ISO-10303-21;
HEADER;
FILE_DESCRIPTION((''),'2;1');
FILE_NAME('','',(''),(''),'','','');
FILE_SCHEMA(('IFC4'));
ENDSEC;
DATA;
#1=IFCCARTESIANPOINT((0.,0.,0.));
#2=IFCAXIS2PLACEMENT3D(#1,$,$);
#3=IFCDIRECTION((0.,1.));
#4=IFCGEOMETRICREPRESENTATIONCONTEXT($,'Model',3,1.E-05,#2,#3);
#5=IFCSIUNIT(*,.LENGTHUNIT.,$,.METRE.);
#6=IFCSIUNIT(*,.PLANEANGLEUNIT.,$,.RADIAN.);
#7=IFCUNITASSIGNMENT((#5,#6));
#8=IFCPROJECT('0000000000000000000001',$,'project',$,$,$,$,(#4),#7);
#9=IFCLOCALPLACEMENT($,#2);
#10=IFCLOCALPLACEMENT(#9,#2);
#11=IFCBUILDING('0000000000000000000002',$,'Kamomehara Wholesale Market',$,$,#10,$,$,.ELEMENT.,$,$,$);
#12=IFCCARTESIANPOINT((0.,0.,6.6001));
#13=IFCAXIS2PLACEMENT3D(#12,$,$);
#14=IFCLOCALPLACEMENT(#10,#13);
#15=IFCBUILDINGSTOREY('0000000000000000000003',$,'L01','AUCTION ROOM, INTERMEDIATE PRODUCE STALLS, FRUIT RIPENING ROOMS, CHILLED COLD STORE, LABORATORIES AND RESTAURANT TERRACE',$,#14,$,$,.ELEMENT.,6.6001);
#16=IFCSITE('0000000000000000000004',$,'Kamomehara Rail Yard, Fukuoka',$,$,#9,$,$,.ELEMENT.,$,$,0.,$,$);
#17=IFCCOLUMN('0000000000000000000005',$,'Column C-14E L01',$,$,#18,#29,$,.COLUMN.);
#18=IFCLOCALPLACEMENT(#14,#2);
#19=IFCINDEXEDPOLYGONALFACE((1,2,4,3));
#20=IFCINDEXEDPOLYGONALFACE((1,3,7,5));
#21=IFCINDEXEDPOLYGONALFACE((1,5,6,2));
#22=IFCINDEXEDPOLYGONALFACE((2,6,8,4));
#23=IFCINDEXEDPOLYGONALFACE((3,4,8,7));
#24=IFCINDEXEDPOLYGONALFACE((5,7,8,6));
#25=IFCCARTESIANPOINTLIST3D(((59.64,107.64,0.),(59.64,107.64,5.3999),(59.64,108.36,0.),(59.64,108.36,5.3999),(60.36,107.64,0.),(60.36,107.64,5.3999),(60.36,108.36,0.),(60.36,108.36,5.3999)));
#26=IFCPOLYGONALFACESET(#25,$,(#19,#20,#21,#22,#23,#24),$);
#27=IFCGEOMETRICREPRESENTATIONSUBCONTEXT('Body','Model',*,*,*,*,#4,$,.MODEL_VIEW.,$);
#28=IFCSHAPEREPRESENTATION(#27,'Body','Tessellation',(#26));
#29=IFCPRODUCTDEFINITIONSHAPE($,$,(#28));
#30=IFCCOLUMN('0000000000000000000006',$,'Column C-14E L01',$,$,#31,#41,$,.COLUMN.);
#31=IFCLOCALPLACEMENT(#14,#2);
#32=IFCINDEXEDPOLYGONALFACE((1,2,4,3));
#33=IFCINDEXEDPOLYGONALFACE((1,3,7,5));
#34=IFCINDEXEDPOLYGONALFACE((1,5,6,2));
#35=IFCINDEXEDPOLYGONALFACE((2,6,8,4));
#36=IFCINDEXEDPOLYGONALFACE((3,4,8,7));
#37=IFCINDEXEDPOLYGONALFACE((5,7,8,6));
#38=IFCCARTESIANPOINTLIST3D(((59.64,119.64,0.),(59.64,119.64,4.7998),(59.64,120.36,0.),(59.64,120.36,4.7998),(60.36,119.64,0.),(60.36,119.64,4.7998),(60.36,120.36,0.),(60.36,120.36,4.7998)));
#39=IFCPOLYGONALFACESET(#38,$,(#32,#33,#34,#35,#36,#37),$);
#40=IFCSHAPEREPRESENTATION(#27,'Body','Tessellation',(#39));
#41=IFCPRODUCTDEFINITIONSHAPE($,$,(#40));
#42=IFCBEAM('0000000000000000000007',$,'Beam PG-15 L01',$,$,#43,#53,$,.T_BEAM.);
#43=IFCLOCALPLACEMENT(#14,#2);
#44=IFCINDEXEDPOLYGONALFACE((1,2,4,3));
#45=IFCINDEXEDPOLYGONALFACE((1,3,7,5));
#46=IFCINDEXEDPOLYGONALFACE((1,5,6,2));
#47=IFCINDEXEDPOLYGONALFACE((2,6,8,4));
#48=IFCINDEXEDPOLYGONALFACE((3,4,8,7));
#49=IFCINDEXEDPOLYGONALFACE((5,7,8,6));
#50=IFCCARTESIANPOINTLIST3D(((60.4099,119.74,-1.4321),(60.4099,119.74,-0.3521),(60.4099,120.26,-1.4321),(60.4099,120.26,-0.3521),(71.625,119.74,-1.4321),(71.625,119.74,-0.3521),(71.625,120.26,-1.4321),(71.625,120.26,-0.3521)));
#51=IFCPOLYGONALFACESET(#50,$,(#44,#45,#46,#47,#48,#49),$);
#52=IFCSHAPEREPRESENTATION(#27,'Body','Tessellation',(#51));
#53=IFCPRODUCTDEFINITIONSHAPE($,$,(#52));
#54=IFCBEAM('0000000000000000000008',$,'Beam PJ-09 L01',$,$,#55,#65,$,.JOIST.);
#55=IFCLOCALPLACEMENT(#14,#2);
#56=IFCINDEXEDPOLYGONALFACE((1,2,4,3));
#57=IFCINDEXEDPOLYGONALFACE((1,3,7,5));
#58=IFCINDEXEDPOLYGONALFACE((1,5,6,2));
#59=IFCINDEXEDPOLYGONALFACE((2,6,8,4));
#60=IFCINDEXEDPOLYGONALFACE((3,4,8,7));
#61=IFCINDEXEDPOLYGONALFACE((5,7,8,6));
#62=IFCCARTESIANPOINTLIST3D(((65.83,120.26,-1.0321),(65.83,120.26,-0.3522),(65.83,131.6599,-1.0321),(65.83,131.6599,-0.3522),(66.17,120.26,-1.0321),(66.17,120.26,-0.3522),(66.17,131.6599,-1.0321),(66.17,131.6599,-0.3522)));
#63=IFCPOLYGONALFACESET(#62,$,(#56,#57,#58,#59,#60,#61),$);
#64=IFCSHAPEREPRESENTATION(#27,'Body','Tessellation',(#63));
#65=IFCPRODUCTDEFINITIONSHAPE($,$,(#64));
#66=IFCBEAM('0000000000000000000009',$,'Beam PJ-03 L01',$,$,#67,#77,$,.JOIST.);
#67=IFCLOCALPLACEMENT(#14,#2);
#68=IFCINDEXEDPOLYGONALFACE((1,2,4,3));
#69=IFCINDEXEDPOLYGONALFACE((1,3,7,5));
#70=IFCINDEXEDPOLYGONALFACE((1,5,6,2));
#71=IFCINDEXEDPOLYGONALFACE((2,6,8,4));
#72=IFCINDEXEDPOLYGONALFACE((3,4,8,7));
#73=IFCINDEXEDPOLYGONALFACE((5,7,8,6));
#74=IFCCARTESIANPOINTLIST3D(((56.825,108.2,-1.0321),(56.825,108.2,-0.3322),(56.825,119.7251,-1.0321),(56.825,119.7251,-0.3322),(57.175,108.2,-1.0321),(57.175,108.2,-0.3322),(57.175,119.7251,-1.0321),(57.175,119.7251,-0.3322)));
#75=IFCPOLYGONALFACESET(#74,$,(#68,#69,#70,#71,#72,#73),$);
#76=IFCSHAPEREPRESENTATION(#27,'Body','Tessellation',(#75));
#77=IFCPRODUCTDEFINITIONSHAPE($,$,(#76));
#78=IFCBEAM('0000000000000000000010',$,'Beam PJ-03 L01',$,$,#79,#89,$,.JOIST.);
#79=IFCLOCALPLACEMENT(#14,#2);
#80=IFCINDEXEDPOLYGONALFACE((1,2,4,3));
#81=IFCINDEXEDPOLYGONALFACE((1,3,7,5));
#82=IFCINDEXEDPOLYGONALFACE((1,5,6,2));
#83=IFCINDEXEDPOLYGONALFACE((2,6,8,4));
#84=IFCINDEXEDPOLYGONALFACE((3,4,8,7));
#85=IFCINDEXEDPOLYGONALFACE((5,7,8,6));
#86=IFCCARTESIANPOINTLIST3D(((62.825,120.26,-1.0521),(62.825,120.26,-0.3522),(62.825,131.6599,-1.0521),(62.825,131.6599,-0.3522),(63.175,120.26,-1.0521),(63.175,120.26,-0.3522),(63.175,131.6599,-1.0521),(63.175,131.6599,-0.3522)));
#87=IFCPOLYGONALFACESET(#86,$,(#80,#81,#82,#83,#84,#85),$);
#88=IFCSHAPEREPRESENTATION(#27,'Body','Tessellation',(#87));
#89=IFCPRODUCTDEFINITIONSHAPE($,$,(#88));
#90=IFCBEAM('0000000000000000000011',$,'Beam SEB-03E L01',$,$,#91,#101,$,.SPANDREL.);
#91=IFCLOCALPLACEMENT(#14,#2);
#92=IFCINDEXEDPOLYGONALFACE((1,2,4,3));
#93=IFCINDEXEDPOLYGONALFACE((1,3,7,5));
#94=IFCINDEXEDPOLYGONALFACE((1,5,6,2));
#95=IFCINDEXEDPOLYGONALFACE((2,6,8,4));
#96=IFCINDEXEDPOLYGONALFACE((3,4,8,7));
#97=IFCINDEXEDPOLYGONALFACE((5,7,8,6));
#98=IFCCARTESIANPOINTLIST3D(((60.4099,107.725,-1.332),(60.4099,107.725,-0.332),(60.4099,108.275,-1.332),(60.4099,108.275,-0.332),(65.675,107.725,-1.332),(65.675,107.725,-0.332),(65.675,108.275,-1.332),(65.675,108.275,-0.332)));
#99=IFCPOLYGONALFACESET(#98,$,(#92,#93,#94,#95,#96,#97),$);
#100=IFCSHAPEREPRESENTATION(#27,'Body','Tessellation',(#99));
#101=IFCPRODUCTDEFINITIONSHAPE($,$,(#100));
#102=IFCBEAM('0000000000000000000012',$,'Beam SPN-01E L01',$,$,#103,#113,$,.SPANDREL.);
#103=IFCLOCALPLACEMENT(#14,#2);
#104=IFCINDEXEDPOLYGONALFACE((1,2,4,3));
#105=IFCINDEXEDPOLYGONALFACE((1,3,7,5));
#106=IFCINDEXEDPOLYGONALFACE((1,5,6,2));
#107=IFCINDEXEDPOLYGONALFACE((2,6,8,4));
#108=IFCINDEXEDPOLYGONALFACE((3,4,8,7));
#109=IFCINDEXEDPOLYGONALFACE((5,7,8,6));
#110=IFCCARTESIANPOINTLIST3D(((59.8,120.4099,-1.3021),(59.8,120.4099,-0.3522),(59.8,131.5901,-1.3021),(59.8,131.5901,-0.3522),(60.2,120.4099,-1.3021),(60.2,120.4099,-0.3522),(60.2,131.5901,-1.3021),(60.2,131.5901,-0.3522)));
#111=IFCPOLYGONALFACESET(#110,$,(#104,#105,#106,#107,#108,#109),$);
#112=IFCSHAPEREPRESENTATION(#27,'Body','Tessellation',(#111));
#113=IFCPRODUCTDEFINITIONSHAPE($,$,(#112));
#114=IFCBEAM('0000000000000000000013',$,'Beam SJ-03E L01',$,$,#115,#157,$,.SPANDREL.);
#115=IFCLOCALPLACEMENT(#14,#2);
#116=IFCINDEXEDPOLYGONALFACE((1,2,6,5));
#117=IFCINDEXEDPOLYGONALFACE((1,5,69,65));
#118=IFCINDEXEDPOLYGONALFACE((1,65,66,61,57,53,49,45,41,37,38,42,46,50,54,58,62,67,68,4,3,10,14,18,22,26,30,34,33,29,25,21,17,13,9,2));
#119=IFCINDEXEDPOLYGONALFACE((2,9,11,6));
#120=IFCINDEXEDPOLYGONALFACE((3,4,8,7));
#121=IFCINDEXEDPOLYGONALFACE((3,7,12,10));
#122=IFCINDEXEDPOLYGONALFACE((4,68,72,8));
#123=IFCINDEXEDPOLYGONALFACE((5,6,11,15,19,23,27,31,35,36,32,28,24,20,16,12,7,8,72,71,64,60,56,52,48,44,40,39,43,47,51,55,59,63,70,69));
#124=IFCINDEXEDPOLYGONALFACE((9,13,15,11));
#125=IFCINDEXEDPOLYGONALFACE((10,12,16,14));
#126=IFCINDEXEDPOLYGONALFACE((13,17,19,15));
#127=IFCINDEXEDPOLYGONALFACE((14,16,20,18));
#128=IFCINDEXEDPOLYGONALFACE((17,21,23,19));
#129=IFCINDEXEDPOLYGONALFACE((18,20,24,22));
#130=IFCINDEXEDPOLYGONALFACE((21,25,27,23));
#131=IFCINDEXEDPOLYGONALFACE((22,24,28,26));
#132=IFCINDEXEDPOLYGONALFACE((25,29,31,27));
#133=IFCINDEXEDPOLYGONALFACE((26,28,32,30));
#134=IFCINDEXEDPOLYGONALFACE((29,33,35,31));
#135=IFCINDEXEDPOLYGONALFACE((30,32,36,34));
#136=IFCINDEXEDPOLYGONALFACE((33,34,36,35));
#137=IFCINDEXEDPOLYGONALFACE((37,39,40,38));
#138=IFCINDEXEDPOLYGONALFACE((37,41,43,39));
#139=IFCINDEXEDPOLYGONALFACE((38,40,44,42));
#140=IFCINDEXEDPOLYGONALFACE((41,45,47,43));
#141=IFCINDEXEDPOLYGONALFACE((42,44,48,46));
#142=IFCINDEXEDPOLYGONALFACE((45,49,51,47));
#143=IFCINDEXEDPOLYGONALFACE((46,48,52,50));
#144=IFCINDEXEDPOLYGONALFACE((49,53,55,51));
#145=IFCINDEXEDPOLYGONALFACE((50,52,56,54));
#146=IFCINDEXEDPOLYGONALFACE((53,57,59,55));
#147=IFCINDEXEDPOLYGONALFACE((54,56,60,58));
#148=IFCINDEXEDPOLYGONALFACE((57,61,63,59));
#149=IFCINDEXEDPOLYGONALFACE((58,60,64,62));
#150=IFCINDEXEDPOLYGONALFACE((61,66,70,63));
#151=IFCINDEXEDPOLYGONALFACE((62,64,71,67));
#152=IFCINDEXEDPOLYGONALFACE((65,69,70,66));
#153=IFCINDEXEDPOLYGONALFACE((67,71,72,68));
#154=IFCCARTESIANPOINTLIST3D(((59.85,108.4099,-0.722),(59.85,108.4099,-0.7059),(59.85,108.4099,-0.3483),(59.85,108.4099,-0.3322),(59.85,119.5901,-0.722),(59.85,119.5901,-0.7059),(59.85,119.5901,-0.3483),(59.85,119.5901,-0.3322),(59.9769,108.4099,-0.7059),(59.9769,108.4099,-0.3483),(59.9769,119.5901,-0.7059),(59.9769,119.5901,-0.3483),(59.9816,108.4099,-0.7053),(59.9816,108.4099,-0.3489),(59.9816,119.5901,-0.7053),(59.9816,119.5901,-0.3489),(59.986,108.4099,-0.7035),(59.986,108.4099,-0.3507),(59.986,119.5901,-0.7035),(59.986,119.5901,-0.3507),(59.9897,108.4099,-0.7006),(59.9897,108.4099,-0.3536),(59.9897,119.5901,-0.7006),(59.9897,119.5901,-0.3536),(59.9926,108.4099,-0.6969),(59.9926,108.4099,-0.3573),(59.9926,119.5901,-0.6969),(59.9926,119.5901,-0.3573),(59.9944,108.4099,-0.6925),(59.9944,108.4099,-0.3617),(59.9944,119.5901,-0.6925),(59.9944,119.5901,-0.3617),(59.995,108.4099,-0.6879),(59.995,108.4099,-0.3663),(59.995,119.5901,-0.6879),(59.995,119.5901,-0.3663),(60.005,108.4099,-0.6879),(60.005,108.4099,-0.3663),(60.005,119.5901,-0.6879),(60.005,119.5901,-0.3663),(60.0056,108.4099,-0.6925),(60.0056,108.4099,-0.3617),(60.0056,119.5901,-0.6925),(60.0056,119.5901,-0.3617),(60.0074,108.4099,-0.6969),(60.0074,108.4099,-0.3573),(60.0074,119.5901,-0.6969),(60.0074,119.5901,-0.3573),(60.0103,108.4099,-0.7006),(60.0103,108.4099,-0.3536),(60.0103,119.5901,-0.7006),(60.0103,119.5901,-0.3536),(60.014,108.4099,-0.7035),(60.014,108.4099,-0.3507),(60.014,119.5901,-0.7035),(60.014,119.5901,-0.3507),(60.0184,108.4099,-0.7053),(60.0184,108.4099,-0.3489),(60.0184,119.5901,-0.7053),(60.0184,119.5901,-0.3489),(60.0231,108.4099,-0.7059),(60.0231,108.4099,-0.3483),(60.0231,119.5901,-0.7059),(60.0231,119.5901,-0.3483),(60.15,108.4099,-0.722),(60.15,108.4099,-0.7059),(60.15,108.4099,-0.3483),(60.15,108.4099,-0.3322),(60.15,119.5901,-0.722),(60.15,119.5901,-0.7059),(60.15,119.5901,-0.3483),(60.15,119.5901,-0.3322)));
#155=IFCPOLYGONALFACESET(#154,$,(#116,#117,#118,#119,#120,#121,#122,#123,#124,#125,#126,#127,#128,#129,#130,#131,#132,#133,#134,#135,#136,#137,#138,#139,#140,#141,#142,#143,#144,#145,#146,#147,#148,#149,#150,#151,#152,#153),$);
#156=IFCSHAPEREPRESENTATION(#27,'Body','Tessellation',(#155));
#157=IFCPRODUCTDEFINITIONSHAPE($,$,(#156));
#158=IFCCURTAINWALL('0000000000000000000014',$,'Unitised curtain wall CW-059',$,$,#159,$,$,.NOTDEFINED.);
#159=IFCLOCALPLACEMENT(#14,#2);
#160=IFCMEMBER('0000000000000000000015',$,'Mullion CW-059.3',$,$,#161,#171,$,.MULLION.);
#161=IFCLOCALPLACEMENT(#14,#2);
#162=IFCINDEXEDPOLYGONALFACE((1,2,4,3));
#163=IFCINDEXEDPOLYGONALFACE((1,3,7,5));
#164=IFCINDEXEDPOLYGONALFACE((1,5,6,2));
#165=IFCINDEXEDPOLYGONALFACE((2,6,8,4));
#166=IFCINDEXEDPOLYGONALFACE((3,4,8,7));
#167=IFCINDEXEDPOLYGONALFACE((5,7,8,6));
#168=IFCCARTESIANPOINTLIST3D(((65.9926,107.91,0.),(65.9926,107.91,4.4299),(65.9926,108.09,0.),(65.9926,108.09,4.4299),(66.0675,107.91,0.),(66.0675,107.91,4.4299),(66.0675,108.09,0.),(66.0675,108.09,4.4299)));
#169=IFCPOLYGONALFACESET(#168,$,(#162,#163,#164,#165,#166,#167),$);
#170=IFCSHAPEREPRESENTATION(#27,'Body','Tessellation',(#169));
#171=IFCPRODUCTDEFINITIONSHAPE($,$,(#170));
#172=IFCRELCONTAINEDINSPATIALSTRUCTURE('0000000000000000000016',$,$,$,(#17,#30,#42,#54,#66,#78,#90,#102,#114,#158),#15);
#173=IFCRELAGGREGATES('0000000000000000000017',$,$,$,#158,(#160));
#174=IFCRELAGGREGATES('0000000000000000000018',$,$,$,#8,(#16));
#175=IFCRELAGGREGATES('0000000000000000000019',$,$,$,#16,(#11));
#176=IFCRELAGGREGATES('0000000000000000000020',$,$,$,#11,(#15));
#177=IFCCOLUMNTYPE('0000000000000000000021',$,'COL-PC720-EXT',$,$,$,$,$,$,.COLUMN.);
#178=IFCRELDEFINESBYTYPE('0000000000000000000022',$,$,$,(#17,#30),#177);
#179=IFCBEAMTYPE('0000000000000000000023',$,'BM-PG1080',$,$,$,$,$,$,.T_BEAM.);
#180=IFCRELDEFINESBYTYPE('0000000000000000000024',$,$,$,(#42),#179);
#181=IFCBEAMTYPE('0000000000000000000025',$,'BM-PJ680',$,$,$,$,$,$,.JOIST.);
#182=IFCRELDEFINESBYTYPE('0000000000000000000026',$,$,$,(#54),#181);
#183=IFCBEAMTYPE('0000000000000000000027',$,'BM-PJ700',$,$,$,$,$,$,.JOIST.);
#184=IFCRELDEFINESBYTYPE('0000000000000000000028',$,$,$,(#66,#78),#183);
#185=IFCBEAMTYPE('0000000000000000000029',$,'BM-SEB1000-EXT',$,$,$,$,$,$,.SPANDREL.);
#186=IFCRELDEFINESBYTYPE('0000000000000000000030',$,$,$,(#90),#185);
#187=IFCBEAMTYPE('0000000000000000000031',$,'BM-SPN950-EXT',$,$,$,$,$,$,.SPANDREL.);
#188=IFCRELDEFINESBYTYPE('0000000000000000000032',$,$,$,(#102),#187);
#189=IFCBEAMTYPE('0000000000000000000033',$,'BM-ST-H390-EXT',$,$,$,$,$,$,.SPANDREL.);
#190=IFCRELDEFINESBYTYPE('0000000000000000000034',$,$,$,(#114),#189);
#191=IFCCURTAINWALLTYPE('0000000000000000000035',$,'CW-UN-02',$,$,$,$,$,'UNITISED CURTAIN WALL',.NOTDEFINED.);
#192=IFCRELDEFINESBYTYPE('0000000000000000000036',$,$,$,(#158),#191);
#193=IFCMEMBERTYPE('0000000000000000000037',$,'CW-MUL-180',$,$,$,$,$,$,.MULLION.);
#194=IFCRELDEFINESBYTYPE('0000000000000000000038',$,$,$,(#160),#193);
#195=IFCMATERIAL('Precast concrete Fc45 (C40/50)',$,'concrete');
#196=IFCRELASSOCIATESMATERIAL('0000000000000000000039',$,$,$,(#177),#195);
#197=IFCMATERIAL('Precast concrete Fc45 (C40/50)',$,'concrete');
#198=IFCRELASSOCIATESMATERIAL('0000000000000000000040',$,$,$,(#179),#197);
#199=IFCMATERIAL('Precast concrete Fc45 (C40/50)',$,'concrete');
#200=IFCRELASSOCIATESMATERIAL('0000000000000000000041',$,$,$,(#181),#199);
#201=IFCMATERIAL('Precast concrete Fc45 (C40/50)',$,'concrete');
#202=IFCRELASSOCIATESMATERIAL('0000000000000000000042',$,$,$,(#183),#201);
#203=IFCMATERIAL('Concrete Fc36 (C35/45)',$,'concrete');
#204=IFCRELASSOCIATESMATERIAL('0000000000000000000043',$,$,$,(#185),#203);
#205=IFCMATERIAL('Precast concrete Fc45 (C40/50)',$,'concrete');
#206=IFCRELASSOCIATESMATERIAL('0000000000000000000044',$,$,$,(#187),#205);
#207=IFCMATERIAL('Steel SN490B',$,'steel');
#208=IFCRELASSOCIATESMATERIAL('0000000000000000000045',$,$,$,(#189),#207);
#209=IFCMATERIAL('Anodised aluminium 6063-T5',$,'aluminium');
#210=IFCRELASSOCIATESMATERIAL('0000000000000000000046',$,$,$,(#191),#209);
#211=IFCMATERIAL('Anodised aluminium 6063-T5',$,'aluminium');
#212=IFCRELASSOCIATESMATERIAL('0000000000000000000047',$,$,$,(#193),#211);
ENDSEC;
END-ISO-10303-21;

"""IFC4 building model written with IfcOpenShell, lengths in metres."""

from ifc_helpers import new_model, si_unit, direction, frame, origin, origin_2d, place, context, subcontext, project, spatial, rectangle, i_section, extrude, material, material_profile, profile_set, type_object, element, aggregate, save


model = new_model("IFC4")

# Units and contexts
model_context = context("Model", 3, precision=1e-05, world=origin(), true_north=direction((0.0, 1.0)))
body_context = subcontext(model_context, "Body", "Model", "MODEL_VIEW")
ifc_project = project(units=[si_unit("LENGTHUNIT", "METRE"), si_unit("PLANEANGLEUNIT", "RADIAN")], contexts=[model_context])

# Site, building, storey
site_placement = place(None, origin())
site = spatial("IfcSite", under=ifc_project, at=site_placement, Name="Kamomehara Rail Yard, Fukuoka", CompositionType="ELEMENT", RefElevation=0.0)
building_placement = place(site_placement, origin())
building = spatial("IfcBuilding", under=site, at=building_placement, Name="Kamomehara Wholesale Market", CompositionType="ELEMENT")
storey_placement = place(building_placement, frame((0.0, 0.0, 6.6001)))
storey = spatial("IfcBuildingStorey", under=building, at=storey_placement, Name="L01", Description="AUCTION ROOM, INTERMEDIATE PRODUCE STALLS, FRUIT RIPENING ROOMS, CHILLED COLD STORE, LABORATORIES AND RESTAURANT TERRACE", CompositionType="ELEMENT", Elevation=6.6001)

# Columns
ifc_material_1 = material(Name="Precast concrete Fc45 (C40/50)", Category="concrete")
ifc_material_profile_1 = material_profile(ifc_material_1, rectangle(XDim=0.72, YDim=0.72, at=origin_2d()), Name="PC-COL-720x720")
ifc_profile_set_1 = profile_set([ifc_material_profile_1], Name="Precast concrete Fc45 (C40/50)")
column_type = type_object("IfcColumnType", Name="COL-PC720-EXT", PredefinedType="COLUMN", material=ifc_profile_set_1)
column_1_placement = place(storey_placement, frame((60.0, 108.0, 0.0), z_axis=(0.0, 0.0, 1.0), x_axis=(1.0, 0.0, 0.0)))
element("IfcColumn", 1, at=column_1_placement, inside=storey, type_object=column_type, Name="Column C-14E L01", PredefinedType="COLUMN", context=body_context, shape_type="SweptSolid", body=[
    extrude(rectangle(XDim=0.72, YDim=0.72, at=origin_2d()), origin(), (0.0, 0.0, 1.0), 5.3999),
])
column_2_placement = place(storey_placement, frame((60.0, 120.0, 0.0), z_axis=(0.0, 0.0, 1.0), x_axis=(1.0, 0.0, 0.0)))
element("IfcColumn", 2, at=column_2_placement, inside=storey, type_object=column_type, Name="Column C-14E L01", PredefinedType="COLUMN", context=body_context, shape_type="SweptSolid", body=[
    extrude(rectangle(XDim=0.72, YDim=0.72, at=origin_2d()), origin(), (0.0, 0.0, 1.0), 4.7998),
])

# Beams
ifc_material_2 = material(Name="Precast concrete Fc45 (C40/50)", Category="concrete")
ifc_material_profile_2 = material_profile(ifc_material_2, rectangle(XDim=0.52, YDim=1.0801, at=origin_2d()), Name="PC-GRD-520x1080")
ifc_profile_set_2 = profile_set([ifc_material_profile_2], Name="Precast concrete Fc45 (C40/50)")
beam_type_1 = type_object("IfcBeamType", Name="BM-PG1080", PredefinedType="T_BEAM", material=ifc_profile_set_2)
beam_1_placement = place(storey_placement, frame((60.4099, 120.0, -0.8921), z_axis=(1.0, 0.0, 0.0), x_axis=(0.0, 1.0, 0.0)))
element("IfcBeam", 3, at=beam_1_placement, inside=storey, type_object=beam_type_1, Name="Beam PG-15 L01", PredefinedType="T_BEAM", context=body_context, shape_type="SweptSolid", body=[
    extrude(rectangle(XDim=0.52, YDim=1.0801, at=origin_2d()), origin(), (0.0, 0.0, 1.0), 11.2151),
])
ifc_material_3 = material(Name="Precast concrete Fc45 (C40/50)", Category="concrete")
ifc_material_profile_3 = material_profile(ifc_material_3, rectangle(XDim=0.3401, YDim=0.6799, at=origin_2d()), Name="PC-JST-340x680")
ifc_profile_set_3 = profile_set([ifc_material_profile_3], Name="Precast concrete Fc45 (C40/50)")
beam_type_2 = type_object("IfcBeamType", Name="BM-PJ680", PredefinedType="JOIST", material=ifc_profile_set_3)
beam_2_placement = place(storey_placement, frame((66.0, 120.26, -0.6921), z_axis=(0.0, 1.0, 0.0), x_axis=(-1.0, 0.0, 0.0)))
element("IfcBeam", 4, at=beam_2_placement, inside=storey, type_object=beam_type_2, Name="Beam PJ-09 L01", PredefinedType="JOIST", context=body_context, shape_type="SweptSolid", body=[
    extrude(rectangle(XDim=0.3401, YDim=0.6799, at=origin_2d()), origin(), (0.0, 0.0, 1.0), 11.3999),
])
ifc_material_4 = material(Name="Precast concrete Fc45 (C40/50)", Category="concrete")
ifc_material_profile_4 = material_profile(ifc_material_4, rectangle(XDim=0.3501, YDim=0.7, at=origin_2d()), Name="PC-JST-350x700")
ifc_profile_set_4 = profile_set([ifc_material_profile_4], Name="Precast concrete Fc45 (C40/50)")
beam_type_3 = type_object("IfcBeamType", Name="BM-PJ700", PredefinedType="JOIST", material=ifc_profile_set_4)
beam_3_placement = place(storey_placement, frame((57.0, 108.2, -0.6821), z_axis=(0.0, 1.0, 0.0), x_axis=(-1.0, 0.0, 0.0)))
element("IfcBeam", 5, at=beam_3_placement, inside=storey, type_object=beam_type_3, Name="Beam PJ-03 L01", PredefinedType="JOIST", context=body_context, shape_type="SweptSolid", body=[
    extrude(rectangle(XDim=0.3501, YDim=0.7, at=origin_2d()), origin(), (0.0, 0.0, 1.0), 11.5251),
])
beam_4_placement = place(storey_placement, frame((63.0, 120.26, -0.7021), z_axis=(0.0, 1.0, 0.0), x_axis=(-1.0, 0.0, 0.0)))
element("IfcBeam", 6, at=beam_4_placement, inside=storey, type_object=beam_type_3, Name="Beam PJ-03 L01", PredefinedType="JOIST", context=body_context, shape_type="SweptSolid", body=[
    extrude(rectangle(XDim=0.3501, YDim=0.7, at=origin_2d()), origin(), (0.0, 0.0, 1.0), 11.3999),
])
ifc_material_5 = material(Name="Concrete Fc36 (C35/45)", Category="concrete")
ifc_material_profile_5 = material_profile(ifc_material_5, rectangle(XDim=0.55, YDim=1.0, at=origin_2d()), Name="RC-SEB-550x1000")
ifc_profile_set_5 = profile_set([ifc_material_profile_5], Name="Concrete Fc36 (C35/45)")
beam_type_4 = type_object("IfcBeamType", Name="BM-SEB1000-EXT", PredefinedType="SPANDREL", material=ifc_profile_set_5)
beam_5_placement = place(storey_placement, frame((60.4099, 108.0, -0.832), z_axis=(1.0, 0.0, 0.0), x_axis=(0.0, 1.0, 0.0)))
element("IfcBeam", 7, at=beam_5_placement, inside=storey, type_object=beam_type_4, Name="Beam SEB-03E L01", PredefinedType="SPANDREL", context=body_context, shape_type="SweptSolid", body=[
    extrude(rectangle(XDim=0.55, YDim=1.0, at=origin_2d()), origin(), (0.0, 0.0, 1.0), 5.2651),
])
ifc_material_6 = material(Name="Precast concrete Fc45 (C40/50)", Category="concrete")
ifc_material_profile_6 = material_profile(ifc_material_6, rectangle(XDim=0.3999, YDim=0.95, at=origin_2d()), Name="PC-SPN-400x950")
ifc_profile_set_6 = profile_set([ifc_material_profile_6], Name="Precast concrete Fc45 (C40/50)")
beam_type_5 = type_object("IfcBeamType", Name="BM-SPN950-EXT", PredefinedType="SPANDREL", material=ifc_profile_set_6)
beam_6_placement = place(storey_placement, frame((60.0, 120.4099, -0.8271), z_axis=(0.0, 1.0, 0.0), x_axis=(-1.0, 0.0, 0.0)))
element("IfcBeam", 8, at=beam_6_placement, inside=storey, type_object=beam_type_5, Name="Beam SPN-01E L01", PredefinedType="SPANDREL", context=body_context, shape_type="SweptSolid", body=[
    extrude(rectangle(XDim=0.3999, YDim=0.95, at=origin_2d()), origin(), (0.0, 0.0, 1.0), 11.1802),
])
ifc_material_7 = material(Name="Steel SN490B", Category="steel")
ifc_material_profile_7 = material_profile(ifc_material_7, i_section(OverallWidth=0.3, OverallDepth=0.3899, WebThickness=0.01, FlangeThickness=0.0161, FilletRadius=0.0181, at=origin_2d()), Name="H-390x300x10x16")
ifc_profile_set_7 = profile_set([ifc_material_profile_7], Name="Steel SN490B")
beam_type_6 = type_object("IfcBeamType", Name="BM-ST-H390-EXT", PredefinedType="SPANDREL", material=ifc_profile_set_7)
beam_7_placement = place(storey_placement, frame((60.0, 108.4099, -0.5271), z_axis=(0.0, 1.0, 0.0), x_axis=(-1.0, 0.0, 0.0)))
element("IfcBeam", 9, at=beam_7_placement, inside=storey, type_object=beam_type_6, Name="Beam SJ-03E L01", PredefinedType="SPANDREL", context=body_context, shape_type="SweptSolid", body=[
    extrude(i_section(OverallWidth=0.3, OverallDepth=0.3899, WebThickness=0.01, FlangeThickness=0.0161, FilletRadius=0.0181, at=origin_2d()), origin(), (0.0, 0.0, 1.0), 11.1802),
])

# Curtain wall, member
ifc_material_8 = material(Name="Anodised aluminium 6063-T5", Category="aluminium")
curtain_wall_type = type_object("IfcCurtainWallType", Name="CW-UN-02", ElementType="UNITISED CURTAIN WALL", PredefinedType="NOTDEFINED", material=ifc_material_8)
curtain_wall_1_placement = place(storey_placement, origin())
curtain_wall_1 = element("IfcCurtainWall", 10, at=curtain_wall_1_placement, inside=storey, type_object=curtain_wall_type, Name="Unitised curtain wall CW-059", PredefinedType="NOTDEFINED")
ifc_material_9 = material(Name="Anodised aluminium 6063-T5", Category="aluminium")
ifc_material_profile_8 = material_profile(ifc_material_9, rectangle(XDim=0.075, YDim=0.1799, at=origin_2d()), Name="ALU-MUL-75x180")
ifc_profile_set_8 = profile_set([ifc_material_profile_8], Name="Anodised aluminium 6063-T5")
member_type_1 = type_object("IfcMemberType", Name="CW-MUL-180", PredefinedType="MULLION", material=ifc_profile_set_8)
member_1_placement = place(storey_placement, frame((66.03, 108.0, 0.0), z_axis=(0.0, 0.0, 1.0), x_axis=(-1.0, 0.0, 0.0)))
member_1 = element("IfcMember", 11, at=member_1_placement, type_object=member_type_1, Name="Mullion CW-059.3", PredefinedType="MULLION", context=body_context, shape_type="SweptSolid", body=[
    extrude(rectangle(XDim=0.075, YDim=0.1799, at=origin_2d()), origin(), (0.0, 0.0, 1.0), 4.4299),
])
aggregate(curtain_wall_1, [member_1])

save(model, "model.ifc")
